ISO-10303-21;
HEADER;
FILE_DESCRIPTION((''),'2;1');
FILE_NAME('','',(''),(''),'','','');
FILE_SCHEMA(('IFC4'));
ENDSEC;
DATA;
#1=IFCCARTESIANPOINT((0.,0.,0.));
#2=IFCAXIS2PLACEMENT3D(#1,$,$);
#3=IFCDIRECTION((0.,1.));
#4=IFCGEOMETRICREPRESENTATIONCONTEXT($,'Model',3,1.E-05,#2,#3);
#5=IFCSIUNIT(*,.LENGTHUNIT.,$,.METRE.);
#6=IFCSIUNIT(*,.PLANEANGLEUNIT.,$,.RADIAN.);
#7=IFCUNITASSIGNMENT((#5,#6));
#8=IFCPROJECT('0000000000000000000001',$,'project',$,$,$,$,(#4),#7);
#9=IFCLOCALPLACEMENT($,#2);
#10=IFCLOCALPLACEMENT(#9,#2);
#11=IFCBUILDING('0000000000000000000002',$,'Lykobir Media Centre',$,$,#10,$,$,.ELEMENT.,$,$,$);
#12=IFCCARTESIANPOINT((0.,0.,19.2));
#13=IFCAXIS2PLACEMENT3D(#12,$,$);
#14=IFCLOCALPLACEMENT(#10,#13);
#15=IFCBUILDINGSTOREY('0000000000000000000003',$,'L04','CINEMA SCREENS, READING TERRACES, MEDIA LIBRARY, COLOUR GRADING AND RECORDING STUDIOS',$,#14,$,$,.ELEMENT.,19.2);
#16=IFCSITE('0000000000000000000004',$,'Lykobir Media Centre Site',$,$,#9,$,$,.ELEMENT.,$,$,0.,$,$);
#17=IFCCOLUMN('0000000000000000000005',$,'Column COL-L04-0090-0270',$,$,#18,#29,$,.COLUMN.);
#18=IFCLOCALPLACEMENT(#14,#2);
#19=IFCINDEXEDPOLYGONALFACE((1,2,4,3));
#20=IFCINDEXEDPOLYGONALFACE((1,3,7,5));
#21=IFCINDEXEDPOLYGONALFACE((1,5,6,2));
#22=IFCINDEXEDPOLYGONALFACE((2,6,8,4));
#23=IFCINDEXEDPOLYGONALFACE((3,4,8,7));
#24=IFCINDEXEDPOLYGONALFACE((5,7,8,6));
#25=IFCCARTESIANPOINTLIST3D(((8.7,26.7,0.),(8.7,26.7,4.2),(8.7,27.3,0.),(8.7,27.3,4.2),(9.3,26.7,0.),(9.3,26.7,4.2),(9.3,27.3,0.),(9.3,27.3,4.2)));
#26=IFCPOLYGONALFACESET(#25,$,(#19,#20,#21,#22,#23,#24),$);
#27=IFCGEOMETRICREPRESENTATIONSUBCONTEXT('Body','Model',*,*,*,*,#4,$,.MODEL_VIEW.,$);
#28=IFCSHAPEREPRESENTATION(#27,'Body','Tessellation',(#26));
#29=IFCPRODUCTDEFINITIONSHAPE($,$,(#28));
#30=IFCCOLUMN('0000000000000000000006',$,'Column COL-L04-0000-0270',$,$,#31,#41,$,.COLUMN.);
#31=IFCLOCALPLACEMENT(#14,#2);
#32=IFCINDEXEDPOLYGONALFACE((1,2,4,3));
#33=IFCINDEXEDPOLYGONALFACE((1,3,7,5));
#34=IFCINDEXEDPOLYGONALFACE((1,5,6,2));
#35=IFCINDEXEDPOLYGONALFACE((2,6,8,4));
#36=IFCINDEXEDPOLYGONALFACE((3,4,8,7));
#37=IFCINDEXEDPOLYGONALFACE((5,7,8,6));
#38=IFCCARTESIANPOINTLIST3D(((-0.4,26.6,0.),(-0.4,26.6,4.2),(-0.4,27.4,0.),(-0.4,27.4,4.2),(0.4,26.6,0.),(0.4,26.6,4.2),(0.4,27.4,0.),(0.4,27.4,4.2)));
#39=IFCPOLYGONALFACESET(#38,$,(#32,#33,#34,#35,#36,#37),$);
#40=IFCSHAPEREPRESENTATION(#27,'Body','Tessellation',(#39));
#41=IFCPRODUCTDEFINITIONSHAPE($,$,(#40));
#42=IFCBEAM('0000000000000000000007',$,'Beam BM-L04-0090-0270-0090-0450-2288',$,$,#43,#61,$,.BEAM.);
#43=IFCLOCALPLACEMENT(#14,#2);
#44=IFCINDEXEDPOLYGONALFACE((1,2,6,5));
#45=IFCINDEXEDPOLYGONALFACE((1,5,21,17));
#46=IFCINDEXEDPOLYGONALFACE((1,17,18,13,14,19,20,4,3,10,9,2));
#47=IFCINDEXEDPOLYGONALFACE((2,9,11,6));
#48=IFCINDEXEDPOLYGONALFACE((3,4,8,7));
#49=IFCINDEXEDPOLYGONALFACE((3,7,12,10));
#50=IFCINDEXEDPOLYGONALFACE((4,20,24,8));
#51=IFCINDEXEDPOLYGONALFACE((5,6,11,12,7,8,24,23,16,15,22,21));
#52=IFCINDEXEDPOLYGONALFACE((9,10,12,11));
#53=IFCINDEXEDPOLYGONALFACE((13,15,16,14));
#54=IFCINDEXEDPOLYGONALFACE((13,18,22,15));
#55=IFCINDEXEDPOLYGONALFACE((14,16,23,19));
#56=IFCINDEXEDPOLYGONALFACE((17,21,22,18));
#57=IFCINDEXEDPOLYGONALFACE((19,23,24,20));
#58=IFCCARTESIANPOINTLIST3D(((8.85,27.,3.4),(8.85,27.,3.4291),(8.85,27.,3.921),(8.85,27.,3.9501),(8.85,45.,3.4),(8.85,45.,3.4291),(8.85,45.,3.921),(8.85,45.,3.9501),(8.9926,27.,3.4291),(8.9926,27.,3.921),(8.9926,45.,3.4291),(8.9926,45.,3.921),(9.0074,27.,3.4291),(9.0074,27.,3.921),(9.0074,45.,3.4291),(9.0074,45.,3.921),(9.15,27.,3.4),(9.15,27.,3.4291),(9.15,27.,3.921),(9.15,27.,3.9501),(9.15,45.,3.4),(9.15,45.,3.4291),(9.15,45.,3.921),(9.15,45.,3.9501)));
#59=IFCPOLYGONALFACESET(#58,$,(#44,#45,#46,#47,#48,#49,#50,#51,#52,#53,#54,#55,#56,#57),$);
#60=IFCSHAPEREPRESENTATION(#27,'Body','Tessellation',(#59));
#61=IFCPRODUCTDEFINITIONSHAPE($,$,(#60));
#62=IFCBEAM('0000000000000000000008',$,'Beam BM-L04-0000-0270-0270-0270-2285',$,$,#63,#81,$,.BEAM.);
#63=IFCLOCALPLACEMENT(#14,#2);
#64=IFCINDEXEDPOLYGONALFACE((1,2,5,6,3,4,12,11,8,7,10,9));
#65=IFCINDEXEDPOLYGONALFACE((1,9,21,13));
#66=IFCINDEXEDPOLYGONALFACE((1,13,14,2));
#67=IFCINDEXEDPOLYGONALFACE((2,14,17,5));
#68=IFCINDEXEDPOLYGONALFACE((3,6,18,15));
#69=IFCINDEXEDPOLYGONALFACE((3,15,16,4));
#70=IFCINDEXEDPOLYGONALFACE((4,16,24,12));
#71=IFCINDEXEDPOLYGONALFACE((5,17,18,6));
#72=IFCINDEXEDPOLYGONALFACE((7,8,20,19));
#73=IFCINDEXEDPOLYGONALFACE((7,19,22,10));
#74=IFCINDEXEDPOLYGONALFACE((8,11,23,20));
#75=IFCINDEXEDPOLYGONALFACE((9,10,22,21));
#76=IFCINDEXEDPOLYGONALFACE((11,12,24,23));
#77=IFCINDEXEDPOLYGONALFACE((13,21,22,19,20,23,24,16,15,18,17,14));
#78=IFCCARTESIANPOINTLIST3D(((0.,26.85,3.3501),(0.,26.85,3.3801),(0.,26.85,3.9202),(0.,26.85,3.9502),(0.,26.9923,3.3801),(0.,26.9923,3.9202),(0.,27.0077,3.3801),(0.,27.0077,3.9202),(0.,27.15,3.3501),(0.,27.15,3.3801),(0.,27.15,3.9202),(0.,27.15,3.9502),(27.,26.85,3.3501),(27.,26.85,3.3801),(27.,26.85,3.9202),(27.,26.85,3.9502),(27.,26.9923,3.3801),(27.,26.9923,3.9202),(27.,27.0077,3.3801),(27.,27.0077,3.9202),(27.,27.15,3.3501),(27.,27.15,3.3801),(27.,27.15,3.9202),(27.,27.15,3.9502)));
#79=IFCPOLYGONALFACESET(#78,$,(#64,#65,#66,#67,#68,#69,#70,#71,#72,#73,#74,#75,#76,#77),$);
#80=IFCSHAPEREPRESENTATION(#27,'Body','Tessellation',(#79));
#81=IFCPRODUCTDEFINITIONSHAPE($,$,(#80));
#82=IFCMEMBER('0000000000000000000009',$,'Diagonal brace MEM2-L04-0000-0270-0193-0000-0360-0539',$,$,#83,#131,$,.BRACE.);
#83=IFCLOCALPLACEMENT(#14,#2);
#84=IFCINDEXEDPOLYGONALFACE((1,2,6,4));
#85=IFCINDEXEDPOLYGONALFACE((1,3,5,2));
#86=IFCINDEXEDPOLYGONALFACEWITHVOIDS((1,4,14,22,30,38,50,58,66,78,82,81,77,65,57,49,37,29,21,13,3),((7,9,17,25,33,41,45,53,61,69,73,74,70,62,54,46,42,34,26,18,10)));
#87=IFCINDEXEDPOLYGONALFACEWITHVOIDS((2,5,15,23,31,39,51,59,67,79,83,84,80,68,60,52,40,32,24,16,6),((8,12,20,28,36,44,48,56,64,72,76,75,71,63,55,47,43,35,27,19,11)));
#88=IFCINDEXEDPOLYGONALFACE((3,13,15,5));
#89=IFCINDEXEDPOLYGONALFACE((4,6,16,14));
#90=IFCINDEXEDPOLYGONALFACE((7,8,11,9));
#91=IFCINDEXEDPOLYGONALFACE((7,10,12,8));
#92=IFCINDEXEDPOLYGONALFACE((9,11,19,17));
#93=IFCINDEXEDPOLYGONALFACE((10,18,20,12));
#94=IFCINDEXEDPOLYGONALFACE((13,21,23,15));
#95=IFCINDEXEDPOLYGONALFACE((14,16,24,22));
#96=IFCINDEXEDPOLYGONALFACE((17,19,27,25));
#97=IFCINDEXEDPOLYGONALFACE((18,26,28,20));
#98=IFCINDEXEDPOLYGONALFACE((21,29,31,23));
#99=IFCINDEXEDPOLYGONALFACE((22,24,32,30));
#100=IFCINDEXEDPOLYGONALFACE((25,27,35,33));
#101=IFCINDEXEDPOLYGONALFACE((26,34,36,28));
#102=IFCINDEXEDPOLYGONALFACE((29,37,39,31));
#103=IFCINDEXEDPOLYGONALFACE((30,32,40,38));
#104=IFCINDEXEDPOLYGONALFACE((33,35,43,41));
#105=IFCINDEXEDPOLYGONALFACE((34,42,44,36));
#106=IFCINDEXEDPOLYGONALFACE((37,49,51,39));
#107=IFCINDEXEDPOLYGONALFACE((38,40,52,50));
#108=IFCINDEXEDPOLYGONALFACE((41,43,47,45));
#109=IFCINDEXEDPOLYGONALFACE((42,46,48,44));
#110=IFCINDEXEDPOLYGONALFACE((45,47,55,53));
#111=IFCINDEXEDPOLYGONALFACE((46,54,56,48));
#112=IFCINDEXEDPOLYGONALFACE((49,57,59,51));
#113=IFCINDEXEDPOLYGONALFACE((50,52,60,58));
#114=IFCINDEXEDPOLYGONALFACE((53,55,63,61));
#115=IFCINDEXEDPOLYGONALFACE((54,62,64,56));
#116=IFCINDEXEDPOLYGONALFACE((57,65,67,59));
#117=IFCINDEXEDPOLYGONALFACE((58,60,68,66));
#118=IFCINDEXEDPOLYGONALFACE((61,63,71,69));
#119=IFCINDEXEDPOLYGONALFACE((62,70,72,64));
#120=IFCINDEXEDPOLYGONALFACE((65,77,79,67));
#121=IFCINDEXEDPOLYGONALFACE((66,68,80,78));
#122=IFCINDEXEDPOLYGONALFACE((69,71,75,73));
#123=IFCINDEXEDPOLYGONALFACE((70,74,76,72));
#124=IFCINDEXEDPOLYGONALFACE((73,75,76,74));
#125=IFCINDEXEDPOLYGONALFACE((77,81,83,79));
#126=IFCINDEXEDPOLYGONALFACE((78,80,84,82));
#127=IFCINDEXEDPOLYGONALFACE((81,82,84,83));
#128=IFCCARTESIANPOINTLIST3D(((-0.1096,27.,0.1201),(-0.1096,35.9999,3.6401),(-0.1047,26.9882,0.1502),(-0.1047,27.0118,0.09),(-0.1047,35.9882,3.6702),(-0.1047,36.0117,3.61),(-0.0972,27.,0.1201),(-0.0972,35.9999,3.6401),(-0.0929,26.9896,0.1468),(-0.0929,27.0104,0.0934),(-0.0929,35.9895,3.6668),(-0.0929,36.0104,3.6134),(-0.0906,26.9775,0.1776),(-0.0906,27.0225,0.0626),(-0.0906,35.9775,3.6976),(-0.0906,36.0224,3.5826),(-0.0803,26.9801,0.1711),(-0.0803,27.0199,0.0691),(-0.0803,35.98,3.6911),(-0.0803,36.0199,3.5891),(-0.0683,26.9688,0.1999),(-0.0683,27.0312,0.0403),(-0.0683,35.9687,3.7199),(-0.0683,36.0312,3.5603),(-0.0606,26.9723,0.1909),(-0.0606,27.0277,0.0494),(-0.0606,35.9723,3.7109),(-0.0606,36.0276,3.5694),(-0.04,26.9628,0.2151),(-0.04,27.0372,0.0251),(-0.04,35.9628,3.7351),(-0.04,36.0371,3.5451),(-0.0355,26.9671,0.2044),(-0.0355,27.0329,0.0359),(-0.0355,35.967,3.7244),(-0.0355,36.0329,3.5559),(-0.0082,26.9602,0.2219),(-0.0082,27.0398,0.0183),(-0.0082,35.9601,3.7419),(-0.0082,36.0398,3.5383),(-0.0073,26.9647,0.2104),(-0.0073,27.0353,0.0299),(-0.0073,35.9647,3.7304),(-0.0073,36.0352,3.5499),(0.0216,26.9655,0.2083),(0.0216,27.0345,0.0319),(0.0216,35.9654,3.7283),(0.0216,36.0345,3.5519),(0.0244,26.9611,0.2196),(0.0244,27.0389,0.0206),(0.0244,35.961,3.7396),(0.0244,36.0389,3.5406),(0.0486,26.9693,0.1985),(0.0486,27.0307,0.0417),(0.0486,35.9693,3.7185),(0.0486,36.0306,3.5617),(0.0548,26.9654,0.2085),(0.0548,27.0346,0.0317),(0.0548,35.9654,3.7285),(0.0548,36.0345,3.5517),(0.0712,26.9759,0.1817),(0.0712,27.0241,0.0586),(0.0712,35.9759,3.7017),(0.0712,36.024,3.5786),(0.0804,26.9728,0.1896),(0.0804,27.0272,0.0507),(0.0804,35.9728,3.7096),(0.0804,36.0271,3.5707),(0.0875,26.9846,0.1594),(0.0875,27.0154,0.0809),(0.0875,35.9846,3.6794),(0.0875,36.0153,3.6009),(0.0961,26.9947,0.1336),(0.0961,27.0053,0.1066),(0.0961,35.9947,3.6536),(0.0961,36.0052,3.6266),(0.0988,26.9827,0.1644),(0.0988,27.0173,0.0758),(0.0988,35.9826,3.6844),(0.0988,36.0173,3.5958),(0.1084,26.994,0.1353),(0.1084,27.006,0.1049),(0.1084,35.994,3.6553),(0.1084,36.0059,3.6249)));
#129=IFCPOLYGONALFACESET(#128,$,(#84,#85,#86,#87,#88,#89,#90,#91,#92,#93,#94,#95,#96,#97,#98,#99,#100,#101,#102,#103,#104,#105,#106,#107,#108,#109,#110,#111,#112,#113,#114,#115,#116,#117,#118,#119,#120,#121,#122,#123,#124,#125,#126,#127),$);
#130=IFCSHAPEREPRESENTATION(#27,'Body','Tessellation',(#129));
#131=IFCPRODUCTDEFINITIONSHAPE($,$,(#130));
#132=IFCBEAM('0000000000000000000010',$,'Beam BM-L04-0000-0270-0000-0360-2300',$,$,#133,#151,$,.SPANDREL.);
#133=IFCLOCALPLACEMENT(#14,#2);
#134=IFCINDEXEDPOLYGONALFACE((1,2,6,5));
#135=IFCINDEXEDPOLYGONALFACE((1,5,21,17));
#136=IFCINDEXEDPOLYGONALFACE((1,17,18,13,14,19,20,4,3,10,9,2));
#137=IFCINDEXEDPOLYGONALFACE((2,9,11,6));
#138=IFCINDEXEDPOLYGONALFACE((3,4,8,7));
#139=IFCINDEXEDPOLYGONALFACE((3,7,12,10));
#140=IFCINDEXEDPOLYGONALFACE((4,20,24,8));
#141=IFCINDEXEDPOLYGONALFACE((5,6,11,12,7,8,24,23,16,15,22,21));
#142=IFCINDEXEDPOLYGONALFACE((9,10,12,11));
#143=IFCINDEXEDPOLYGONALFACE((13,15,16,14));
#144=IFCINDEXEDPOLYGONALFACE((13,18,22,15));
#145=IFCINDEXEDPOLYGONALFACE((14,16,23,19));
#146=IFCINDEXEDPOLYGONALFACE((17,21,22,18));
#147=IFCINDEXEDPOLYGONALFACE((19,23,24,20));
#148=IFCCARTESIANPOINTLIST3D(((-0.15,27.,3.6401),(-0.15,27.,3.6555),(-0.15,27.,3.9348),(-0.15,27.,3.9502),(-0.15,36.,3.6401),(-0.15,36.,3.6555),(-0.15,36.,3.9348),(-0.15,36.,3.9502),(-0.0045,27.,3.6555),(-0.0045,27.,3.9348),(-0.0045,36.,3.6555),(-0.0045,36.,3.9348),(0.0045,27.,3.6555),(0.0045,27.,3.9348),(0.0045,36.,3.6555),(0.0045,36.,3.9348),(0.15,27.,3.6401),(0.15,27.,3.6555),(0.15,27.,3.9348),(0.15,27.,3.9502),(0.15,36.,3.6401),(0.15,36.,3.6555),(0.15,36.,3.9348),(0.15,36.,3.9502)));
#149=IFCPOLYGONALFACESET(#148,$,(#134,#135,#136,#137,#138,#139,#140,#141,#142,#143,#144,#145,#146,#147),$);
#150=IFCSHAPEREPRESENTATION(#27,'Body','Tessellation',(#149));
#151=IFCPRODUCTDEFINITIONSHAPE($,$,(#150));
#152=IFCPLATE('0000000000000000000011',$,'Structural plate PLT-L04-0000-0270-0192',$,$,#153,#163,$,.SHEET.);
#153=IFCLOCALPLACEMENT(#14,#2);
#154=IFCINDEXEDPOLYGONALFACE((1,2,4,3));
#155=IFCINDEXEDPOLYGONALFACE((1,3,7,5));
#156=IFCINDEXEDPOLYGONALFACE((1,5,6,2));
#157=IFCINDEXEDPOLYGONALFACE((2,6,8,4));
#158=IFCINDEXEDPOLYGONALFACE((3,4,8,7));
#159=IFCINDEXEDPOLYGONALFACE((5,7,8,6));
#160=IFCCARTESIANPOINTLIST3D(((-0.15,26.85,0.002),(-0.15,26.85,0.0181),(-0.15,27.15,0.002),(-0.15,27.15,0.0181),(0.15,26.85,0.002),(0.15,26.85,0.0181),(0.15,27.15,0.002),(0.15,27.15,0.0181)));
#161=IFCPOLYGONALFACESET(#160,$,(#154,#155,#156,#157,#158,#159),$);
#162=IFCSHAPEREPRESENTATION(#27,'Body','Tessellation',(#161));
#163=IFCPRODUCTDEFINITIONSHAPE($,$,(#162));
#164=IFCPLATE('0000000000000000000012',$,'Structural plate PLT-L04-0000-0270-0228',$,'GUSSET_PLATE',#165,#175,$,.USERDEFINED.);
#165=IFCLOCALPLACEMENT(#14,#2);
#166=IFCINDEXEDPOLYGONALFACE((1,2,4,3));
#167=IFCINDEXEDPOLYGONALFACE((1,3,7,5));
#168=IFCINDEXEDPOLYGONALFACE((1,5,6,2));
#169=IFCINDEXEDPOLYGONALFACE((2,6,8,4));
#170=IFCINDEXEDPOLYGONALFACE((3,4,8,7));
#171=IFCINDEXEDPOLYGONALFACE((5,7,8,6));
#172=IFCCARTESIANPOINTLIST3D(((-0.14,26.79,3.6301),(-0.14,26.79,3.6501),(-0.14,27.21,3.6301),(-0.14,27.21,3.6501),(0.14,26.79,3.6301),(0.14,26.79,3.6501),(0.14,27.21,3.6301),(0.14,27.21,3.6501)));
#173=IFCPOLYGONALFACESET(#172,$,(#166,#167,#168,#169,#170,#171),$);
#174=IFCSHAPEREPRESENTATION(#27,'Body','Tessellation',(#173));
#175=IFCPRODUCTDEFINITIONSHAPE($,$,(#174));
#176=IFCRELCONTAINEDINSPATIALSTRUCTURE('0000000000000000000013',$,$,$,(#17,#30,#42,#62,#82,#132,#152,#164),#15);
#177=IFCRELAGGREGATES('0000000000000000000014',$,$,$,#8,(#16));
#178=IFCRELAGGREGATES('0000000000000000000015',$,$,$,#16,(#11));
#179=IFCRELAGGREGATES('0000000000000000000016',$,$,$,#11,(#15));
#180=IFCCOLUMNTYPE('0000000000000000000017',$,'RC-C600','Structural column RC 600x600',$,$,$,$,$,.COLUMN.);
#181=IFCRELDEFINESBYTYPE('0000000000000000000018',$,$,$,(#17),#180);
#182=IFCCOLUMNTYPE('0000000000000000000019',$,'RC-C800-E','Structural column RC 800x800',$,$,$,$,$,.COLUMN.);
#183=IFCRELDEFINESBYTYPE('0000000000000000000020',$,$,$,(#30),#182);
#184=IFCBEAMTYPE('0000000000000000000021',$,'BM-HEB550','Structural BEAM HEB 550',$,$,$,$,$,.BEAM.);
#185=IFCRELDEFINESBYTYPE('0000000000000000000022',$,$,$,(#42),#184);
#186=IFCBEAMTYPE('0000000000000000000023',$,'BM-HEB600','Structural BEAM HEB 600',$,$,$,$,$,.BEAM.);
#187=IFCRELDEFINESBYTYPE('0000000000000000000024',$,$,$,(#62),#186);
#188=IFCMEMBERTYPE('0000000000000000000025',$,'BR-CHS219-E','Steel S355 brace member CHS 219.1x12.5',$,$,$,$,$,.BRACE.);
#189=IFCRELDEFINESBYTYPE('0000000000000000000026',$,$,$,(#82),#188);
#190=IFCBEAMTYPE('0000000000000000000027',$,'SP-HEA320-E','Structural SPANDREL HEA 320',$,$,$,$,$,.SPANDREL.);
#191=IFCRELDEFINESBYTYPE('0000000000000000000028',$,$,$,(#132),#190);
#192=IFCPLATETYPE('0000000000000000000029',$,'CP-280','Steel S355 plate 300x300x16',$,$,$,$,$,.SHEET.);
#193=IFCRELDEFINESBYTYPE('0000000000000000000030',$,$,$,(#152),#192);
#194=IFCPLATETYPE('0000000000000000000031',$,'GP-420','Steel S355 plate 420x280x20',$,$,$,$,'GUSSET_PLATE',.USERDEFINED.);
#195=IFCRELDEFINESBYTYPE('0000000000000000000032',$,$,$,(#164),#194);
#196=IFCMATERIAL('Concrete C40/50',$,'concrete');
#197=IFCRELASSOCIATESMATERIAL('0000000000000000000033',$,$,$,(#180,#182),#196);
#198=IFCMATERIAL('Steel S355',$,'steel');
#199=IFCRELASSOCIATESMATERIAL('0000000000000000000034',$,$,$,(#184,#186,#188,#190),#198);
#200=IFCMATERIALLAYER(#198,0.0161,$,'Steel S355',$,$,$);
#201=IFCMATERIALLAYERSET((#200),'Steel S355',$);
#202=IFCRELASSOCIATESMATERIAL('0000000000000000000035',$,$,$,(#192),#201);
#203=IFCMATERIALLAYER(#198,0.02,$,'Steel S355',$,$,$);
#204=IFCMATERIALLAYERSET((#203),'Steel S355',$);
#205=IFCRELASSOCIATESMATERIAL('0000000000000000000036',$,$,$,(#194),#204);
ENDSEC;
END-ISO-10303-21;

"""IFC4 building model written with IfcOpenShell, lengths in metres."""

from ifc_helpers import new_model, si_unit, direction, frame, origin, origin_2d, place, context, subcontext, project, spatial, rectangle, hollow_circle, i_section, extrude, material, layer, layer_set, material_profile, profile_set, type_object, element, save


model = new_model("IFC4")

# Units and contexts
model_context = context("Model", 3, precision=1e-05, world=origin(), true_north=direction((0.0, 1.0)))
body_context = subcontext(model_context, "Body", "Model", "MODEL_VIEW")
ifc_project = project(units=[si_unit("LENGTHUNIT", "METRE"), si_unit("PLANEANGLEUNIT", "RADIAN")], contexts=[model_context])

# Site, building, storey
site_placement = place(None, origin())
site = spatial("IfcSite", under=ifc_project, at=site_placement, Name="Lykobir Media Centre Site", CompositionType="ELEMENT", RefElevation=0.0)
building_placement = place(site_placement, origin())
building = spatial("IfcBuilding", under=site, at=building_placement, Name="Lykobir Media Centre", CompositionType="ELEMENT")
storey_placement = place(building_placement, frame((0.0, 0.0, 19.2)))
storey = spatial("IfcBuildingStorey", under=building, at=storey_placement, Name="L04", Description="CINEMA SCREENS, READING TERRACES, MEDIA LIBRARY, COLOUR GRADING AND RECORDING STUDIOS", CompositionType="ELEMENT", Elevation=19.2)

# Columns
ifc_material_1 = material(Name="Concrete C40/50", Category="concrete")
ifc_material_profile_1 = material_profile(ifc_material_1, rectangle(XDim=0.6001, YDim=0.6001, at=origin_2d()), Name="RC 600x600")
ifc_profile_set_1 = profile_set([ifc_material_profile_1], Name="Concrete C40/50")
column_type_1 = type_object("IfcColumnType", Name="RC-C600", Description="Structural column RC 600x600", PredefinedType="COLUMN", material=ifc_profile_set_1)
column_1_placement = place(storey_placement, frame((9.0, 27.0, 0.0), z_axis=(0.0, 0.0, 1.0), x_axis=(1.0, 0.0, 0.0)))
element("IfcColumn", 1, at=column_1_placement, inside=storey, type_object=column_type_1, Name="Column COL-L04-0090-0270", PredefinedType="COLUMN", context=body_context, shape_type="SweptSolid", body=[
    extrude(rectangle(XDim=0.6001, YDim=0.6001, at=origin_2d()), origin(), (0.0, 0.0, 1.0), 4.2),
])
ifc_material_profile_2 = material_profile(ifc_material_1, rectangle(XDim=0.8, YDim=0.8, at=origin_2d()), Name="RC 800x800")
ifc_profile_set_2 = profile_set([ifc_material_profile_2], Name="Concrete C40/50")
column_type_2 = type_object("IfcColumnType", Name="RC-C800-E", Description="Structural column RC 800x800", PredefinedType="COLUMN", material=ifc_profile_set_2)
column_2_placement = place(storey_placement, frame((0.0, 27.0, 0.0), z_axis=(0.0, 0.0, 1.0), x_axis=(1.0, 0.0, 0.0)))
element("IfcColumn", 2, at=column_2_placement, inside=storey, type_object=column_type_2, Name="Column COL-L04-0000-0270", PredefinedType="COLUMN", context=body_context, shape_type="SweptSolid", body=[
    extrude(rectangle(XDim=0.8, YDim=0.8, at=origin_2d()), origin(), (0.0, 0.0, 1.0), 4.2),
])

# Beams
ifc_material_2 = material(Name="Steel S355", Category="steel")
ifc_material_profile_3 = material_profile(ifc_material_2, i_section(OverallWidth=0.3, OverallDepth=0.55, WebThickness=0.0149, FlangeThickness=0.0291, at=origin_2d()), Name="HEB 550")
ifc_profile_set_3 = profile_set([ifc_material_profile_3], Name="Steel S355")
beam_type_1 = type_object("IfcBeamType", Name="BM-HEB550", Description="Structural BEAM HEB 550", PredefinedType="BEAM", material=ifc_profile_set_3)
beam_1_placement = place(storey_placement, frame((9.0, 27.0, 3.675), z_axis=(0.0, 1.0, 0.0), x_axis=(-1.0, 0.0, 0.0)))
element("IfcBeam", 3, at=beam_1_placement, inside=storey, type_object=beam_type_1, Name="Beam BM-L04-0090-0270-0090-0450-2288", PredefinedType="BEAM", context=body_context, shape_type="SweptSolid", body=[
    extrude(i_section(OverallWidth=0.3, OverallDepth=0.55, WebThickness=0.0149, FlangeThickness=0.0291, at=origin_2d()), origin(), (0.0, 0.0, 1.0), 18.0),
])
ifc_material_profile_4 = material_profile(ifc_material_2, i_section(OverallWidth=0.3, OverallDepth=0.6001, WebThickness=0.0154, FlangeThickness=0.03, at=origin_2d()), Name="HEB 600")
ifc_profile_set_4 = profile_set([ifc_material_profile_4], Name="Steel S355")
beam_type_2 = type_object("IfcBeamType", Name="BM-HEB600", Description="Structural BEAM HEB 600", PredefinedType="BEAM", material=ifc_profile_set_4)
beam_2_placement = place(storey_placement, frame((0.0, 27.0, 3.6501), z_axis=(1.0, 0.0, 0.0), x_axis=(0.0, 1.0, 0.0)))
element("IfcBeam", 4, at=beam_2_placement, inside=storey, type_object=beam_type_2, Name="Beam BM-L04-0000-0270-0270-0270-2285", PredefinedType="BEAM", context=body_context, shape_type="SweptSolid", body=[
    extrude(i_section(OverallWidth=0.3, OverallDepth=0.6001, WebThickness=0.0154, FlangeThickness=0.03, at=origin_2d()), origin(), (0.0, 0.0, 1.0), 27.0),
])

# Member
ifc_material_profile_5 = material_profile(ifc_material_2, hollow_circle(Radius=0.1096, WallThickness=0.0125, at=origin_2d()), Name="CHS 219.1x12.5")
ifc_profile_set_5 = profile_set([ifc_material_profile_5], Name="Steel S355")
member_type = type_object("IfcMemberType", Name="BR-CHS219-E", Description="Steel S355 brace member CHS 219.1x12.5", PredefinedType="BRACE", material=ifc_profile_set_5)
member_placement = place(storey_placement, frame((0.0, 27.0, 0.1201), z_axis=(0.0, 0.931303, 0.364245), x_axis=(-1.0, 0.0, 0.0)))
element("IfcMember", 5, at=member_placement, inside=storey, type_object=member_type, Name="Diagonal brace MEM2-L04-0000-0270-0193-0000-0360-0539", PredefinedType="BRACE", context=body_context, shape_type="SweptSolid", body=[
    extrude(hollow_circle(Radius=0.1096, WallThickness=0.0125, at=origin_2d()), origin(), (0.0, 0.0, 1.0), 9.6638),
])

# Beam
ifc_material_profile_6 = material_profile(ifc_material_2, i_section(OverallWidth=0.3, OverallDepth=0.3101, WebThickness=0.009, FlangeThickness=0.0154, at=origin_2d()), Name="HEA 320")
ifc_profile_set_6 = profile_set([ifc_material_profile_6], Name="Steel S355")
beam_type_3 = type_object("IfcBeamType", Name="SP-HEA320-E", Description="Structural SPANDREL HEA 320", PredefinedType="SPANDREL", material=ifc_profile_set_6)
beam_3_placement = place(storey_placement, frame((0.0, 27.0, 3.7952), z_axis=(0.0, 1.0, 0.0), x_axis=(-1.0, 0.0, 0.0)))
element("IfcBeam", 6, at=beam_3_placement, inside=storey, type_object=beam_type_3, Name="Beam BM-L04-0000-0270-0000-0360-2300", PredefinedType="SPANDREL", context=body_context, shape_type="SweptSolid", body=[
    extrude(i_section(OverallWidth=0.3, OverallDepth=0.3101, WebThickness=0.009, FlangeThickness=0.0154, at=origin_2d()), origin(), (0.0, 0.0, 1.0), 9.0),
])

# Plates
ifc_layer_1 = layer(ifc_material_2, 0.0161, Name="Steel S355")
ifc_layer_set_1 = layer_set([ifc_layer_1], Name="Steel S355")
plate_type_1 = type_object("IfcPlateType", Name="CP-280", Description="Steel S355 plate 300x300x16", PredefinedType="SHEET", material=ifc_layer_set_1)
plate_1_placement = place(storey_placement, frame((0.0, 27.0, 0.002), z_axis=(0.0, 0.0, 1.0), x_axis=(0.0, 1.0, 0.0)))
element("IfcPlate", 7, at=plate_1_placement, inside=storey, type_object=plate_type_1, Name="Structural plate PLT-L04-0000-0270-0192", PredefinedType="SHEET", context=body_context, shape_type="SweptSolid", body=[
    extrude(rectangle(XDim=0.3, YDim=0.3, at=origin_2d()), origin(), (0.0, 0.0, 1.0), 0.0161),
])
ifc_layer_2 = layer(ifc_material_2, 0.02, Name="Steel S355")
ifc_layer_set_2 = layer_set([ifc_layer_2], Name="Steel S355")
plate_type_2 = type_object("IfcPlateType", Name="GP-420", Description="Steel S355 plate 420x280x20", ElementType="GUSSET_PLATE", PredefinedType="USERDEFINED", material=ifc_layer_set_2)
plate_2_placement = place(storey_placement, frame((0.0, 27.0, 3.6301), z_axis=(0.0, 0.0, 1.0), x_axis=(0.0, 1.0, 0.0)))
element("IfcPlate", 8, at=plate_2_placement, inside=storey, type_object=plate_type_2, Name="Structural plate PLT-L04-0000-0270-0228", ObjectType="GUSSET_PLATE", PredefinedType="USERDEFINED", context=body_context, shape_type="SweptSolid", body=[
    extrude(rectangle(XDim=0.4199, YDim=0.28, at=origin_2d()), origin(), (0.0, 0.0, 1.0), 0.02),
])

save(model, "model.ifc")
